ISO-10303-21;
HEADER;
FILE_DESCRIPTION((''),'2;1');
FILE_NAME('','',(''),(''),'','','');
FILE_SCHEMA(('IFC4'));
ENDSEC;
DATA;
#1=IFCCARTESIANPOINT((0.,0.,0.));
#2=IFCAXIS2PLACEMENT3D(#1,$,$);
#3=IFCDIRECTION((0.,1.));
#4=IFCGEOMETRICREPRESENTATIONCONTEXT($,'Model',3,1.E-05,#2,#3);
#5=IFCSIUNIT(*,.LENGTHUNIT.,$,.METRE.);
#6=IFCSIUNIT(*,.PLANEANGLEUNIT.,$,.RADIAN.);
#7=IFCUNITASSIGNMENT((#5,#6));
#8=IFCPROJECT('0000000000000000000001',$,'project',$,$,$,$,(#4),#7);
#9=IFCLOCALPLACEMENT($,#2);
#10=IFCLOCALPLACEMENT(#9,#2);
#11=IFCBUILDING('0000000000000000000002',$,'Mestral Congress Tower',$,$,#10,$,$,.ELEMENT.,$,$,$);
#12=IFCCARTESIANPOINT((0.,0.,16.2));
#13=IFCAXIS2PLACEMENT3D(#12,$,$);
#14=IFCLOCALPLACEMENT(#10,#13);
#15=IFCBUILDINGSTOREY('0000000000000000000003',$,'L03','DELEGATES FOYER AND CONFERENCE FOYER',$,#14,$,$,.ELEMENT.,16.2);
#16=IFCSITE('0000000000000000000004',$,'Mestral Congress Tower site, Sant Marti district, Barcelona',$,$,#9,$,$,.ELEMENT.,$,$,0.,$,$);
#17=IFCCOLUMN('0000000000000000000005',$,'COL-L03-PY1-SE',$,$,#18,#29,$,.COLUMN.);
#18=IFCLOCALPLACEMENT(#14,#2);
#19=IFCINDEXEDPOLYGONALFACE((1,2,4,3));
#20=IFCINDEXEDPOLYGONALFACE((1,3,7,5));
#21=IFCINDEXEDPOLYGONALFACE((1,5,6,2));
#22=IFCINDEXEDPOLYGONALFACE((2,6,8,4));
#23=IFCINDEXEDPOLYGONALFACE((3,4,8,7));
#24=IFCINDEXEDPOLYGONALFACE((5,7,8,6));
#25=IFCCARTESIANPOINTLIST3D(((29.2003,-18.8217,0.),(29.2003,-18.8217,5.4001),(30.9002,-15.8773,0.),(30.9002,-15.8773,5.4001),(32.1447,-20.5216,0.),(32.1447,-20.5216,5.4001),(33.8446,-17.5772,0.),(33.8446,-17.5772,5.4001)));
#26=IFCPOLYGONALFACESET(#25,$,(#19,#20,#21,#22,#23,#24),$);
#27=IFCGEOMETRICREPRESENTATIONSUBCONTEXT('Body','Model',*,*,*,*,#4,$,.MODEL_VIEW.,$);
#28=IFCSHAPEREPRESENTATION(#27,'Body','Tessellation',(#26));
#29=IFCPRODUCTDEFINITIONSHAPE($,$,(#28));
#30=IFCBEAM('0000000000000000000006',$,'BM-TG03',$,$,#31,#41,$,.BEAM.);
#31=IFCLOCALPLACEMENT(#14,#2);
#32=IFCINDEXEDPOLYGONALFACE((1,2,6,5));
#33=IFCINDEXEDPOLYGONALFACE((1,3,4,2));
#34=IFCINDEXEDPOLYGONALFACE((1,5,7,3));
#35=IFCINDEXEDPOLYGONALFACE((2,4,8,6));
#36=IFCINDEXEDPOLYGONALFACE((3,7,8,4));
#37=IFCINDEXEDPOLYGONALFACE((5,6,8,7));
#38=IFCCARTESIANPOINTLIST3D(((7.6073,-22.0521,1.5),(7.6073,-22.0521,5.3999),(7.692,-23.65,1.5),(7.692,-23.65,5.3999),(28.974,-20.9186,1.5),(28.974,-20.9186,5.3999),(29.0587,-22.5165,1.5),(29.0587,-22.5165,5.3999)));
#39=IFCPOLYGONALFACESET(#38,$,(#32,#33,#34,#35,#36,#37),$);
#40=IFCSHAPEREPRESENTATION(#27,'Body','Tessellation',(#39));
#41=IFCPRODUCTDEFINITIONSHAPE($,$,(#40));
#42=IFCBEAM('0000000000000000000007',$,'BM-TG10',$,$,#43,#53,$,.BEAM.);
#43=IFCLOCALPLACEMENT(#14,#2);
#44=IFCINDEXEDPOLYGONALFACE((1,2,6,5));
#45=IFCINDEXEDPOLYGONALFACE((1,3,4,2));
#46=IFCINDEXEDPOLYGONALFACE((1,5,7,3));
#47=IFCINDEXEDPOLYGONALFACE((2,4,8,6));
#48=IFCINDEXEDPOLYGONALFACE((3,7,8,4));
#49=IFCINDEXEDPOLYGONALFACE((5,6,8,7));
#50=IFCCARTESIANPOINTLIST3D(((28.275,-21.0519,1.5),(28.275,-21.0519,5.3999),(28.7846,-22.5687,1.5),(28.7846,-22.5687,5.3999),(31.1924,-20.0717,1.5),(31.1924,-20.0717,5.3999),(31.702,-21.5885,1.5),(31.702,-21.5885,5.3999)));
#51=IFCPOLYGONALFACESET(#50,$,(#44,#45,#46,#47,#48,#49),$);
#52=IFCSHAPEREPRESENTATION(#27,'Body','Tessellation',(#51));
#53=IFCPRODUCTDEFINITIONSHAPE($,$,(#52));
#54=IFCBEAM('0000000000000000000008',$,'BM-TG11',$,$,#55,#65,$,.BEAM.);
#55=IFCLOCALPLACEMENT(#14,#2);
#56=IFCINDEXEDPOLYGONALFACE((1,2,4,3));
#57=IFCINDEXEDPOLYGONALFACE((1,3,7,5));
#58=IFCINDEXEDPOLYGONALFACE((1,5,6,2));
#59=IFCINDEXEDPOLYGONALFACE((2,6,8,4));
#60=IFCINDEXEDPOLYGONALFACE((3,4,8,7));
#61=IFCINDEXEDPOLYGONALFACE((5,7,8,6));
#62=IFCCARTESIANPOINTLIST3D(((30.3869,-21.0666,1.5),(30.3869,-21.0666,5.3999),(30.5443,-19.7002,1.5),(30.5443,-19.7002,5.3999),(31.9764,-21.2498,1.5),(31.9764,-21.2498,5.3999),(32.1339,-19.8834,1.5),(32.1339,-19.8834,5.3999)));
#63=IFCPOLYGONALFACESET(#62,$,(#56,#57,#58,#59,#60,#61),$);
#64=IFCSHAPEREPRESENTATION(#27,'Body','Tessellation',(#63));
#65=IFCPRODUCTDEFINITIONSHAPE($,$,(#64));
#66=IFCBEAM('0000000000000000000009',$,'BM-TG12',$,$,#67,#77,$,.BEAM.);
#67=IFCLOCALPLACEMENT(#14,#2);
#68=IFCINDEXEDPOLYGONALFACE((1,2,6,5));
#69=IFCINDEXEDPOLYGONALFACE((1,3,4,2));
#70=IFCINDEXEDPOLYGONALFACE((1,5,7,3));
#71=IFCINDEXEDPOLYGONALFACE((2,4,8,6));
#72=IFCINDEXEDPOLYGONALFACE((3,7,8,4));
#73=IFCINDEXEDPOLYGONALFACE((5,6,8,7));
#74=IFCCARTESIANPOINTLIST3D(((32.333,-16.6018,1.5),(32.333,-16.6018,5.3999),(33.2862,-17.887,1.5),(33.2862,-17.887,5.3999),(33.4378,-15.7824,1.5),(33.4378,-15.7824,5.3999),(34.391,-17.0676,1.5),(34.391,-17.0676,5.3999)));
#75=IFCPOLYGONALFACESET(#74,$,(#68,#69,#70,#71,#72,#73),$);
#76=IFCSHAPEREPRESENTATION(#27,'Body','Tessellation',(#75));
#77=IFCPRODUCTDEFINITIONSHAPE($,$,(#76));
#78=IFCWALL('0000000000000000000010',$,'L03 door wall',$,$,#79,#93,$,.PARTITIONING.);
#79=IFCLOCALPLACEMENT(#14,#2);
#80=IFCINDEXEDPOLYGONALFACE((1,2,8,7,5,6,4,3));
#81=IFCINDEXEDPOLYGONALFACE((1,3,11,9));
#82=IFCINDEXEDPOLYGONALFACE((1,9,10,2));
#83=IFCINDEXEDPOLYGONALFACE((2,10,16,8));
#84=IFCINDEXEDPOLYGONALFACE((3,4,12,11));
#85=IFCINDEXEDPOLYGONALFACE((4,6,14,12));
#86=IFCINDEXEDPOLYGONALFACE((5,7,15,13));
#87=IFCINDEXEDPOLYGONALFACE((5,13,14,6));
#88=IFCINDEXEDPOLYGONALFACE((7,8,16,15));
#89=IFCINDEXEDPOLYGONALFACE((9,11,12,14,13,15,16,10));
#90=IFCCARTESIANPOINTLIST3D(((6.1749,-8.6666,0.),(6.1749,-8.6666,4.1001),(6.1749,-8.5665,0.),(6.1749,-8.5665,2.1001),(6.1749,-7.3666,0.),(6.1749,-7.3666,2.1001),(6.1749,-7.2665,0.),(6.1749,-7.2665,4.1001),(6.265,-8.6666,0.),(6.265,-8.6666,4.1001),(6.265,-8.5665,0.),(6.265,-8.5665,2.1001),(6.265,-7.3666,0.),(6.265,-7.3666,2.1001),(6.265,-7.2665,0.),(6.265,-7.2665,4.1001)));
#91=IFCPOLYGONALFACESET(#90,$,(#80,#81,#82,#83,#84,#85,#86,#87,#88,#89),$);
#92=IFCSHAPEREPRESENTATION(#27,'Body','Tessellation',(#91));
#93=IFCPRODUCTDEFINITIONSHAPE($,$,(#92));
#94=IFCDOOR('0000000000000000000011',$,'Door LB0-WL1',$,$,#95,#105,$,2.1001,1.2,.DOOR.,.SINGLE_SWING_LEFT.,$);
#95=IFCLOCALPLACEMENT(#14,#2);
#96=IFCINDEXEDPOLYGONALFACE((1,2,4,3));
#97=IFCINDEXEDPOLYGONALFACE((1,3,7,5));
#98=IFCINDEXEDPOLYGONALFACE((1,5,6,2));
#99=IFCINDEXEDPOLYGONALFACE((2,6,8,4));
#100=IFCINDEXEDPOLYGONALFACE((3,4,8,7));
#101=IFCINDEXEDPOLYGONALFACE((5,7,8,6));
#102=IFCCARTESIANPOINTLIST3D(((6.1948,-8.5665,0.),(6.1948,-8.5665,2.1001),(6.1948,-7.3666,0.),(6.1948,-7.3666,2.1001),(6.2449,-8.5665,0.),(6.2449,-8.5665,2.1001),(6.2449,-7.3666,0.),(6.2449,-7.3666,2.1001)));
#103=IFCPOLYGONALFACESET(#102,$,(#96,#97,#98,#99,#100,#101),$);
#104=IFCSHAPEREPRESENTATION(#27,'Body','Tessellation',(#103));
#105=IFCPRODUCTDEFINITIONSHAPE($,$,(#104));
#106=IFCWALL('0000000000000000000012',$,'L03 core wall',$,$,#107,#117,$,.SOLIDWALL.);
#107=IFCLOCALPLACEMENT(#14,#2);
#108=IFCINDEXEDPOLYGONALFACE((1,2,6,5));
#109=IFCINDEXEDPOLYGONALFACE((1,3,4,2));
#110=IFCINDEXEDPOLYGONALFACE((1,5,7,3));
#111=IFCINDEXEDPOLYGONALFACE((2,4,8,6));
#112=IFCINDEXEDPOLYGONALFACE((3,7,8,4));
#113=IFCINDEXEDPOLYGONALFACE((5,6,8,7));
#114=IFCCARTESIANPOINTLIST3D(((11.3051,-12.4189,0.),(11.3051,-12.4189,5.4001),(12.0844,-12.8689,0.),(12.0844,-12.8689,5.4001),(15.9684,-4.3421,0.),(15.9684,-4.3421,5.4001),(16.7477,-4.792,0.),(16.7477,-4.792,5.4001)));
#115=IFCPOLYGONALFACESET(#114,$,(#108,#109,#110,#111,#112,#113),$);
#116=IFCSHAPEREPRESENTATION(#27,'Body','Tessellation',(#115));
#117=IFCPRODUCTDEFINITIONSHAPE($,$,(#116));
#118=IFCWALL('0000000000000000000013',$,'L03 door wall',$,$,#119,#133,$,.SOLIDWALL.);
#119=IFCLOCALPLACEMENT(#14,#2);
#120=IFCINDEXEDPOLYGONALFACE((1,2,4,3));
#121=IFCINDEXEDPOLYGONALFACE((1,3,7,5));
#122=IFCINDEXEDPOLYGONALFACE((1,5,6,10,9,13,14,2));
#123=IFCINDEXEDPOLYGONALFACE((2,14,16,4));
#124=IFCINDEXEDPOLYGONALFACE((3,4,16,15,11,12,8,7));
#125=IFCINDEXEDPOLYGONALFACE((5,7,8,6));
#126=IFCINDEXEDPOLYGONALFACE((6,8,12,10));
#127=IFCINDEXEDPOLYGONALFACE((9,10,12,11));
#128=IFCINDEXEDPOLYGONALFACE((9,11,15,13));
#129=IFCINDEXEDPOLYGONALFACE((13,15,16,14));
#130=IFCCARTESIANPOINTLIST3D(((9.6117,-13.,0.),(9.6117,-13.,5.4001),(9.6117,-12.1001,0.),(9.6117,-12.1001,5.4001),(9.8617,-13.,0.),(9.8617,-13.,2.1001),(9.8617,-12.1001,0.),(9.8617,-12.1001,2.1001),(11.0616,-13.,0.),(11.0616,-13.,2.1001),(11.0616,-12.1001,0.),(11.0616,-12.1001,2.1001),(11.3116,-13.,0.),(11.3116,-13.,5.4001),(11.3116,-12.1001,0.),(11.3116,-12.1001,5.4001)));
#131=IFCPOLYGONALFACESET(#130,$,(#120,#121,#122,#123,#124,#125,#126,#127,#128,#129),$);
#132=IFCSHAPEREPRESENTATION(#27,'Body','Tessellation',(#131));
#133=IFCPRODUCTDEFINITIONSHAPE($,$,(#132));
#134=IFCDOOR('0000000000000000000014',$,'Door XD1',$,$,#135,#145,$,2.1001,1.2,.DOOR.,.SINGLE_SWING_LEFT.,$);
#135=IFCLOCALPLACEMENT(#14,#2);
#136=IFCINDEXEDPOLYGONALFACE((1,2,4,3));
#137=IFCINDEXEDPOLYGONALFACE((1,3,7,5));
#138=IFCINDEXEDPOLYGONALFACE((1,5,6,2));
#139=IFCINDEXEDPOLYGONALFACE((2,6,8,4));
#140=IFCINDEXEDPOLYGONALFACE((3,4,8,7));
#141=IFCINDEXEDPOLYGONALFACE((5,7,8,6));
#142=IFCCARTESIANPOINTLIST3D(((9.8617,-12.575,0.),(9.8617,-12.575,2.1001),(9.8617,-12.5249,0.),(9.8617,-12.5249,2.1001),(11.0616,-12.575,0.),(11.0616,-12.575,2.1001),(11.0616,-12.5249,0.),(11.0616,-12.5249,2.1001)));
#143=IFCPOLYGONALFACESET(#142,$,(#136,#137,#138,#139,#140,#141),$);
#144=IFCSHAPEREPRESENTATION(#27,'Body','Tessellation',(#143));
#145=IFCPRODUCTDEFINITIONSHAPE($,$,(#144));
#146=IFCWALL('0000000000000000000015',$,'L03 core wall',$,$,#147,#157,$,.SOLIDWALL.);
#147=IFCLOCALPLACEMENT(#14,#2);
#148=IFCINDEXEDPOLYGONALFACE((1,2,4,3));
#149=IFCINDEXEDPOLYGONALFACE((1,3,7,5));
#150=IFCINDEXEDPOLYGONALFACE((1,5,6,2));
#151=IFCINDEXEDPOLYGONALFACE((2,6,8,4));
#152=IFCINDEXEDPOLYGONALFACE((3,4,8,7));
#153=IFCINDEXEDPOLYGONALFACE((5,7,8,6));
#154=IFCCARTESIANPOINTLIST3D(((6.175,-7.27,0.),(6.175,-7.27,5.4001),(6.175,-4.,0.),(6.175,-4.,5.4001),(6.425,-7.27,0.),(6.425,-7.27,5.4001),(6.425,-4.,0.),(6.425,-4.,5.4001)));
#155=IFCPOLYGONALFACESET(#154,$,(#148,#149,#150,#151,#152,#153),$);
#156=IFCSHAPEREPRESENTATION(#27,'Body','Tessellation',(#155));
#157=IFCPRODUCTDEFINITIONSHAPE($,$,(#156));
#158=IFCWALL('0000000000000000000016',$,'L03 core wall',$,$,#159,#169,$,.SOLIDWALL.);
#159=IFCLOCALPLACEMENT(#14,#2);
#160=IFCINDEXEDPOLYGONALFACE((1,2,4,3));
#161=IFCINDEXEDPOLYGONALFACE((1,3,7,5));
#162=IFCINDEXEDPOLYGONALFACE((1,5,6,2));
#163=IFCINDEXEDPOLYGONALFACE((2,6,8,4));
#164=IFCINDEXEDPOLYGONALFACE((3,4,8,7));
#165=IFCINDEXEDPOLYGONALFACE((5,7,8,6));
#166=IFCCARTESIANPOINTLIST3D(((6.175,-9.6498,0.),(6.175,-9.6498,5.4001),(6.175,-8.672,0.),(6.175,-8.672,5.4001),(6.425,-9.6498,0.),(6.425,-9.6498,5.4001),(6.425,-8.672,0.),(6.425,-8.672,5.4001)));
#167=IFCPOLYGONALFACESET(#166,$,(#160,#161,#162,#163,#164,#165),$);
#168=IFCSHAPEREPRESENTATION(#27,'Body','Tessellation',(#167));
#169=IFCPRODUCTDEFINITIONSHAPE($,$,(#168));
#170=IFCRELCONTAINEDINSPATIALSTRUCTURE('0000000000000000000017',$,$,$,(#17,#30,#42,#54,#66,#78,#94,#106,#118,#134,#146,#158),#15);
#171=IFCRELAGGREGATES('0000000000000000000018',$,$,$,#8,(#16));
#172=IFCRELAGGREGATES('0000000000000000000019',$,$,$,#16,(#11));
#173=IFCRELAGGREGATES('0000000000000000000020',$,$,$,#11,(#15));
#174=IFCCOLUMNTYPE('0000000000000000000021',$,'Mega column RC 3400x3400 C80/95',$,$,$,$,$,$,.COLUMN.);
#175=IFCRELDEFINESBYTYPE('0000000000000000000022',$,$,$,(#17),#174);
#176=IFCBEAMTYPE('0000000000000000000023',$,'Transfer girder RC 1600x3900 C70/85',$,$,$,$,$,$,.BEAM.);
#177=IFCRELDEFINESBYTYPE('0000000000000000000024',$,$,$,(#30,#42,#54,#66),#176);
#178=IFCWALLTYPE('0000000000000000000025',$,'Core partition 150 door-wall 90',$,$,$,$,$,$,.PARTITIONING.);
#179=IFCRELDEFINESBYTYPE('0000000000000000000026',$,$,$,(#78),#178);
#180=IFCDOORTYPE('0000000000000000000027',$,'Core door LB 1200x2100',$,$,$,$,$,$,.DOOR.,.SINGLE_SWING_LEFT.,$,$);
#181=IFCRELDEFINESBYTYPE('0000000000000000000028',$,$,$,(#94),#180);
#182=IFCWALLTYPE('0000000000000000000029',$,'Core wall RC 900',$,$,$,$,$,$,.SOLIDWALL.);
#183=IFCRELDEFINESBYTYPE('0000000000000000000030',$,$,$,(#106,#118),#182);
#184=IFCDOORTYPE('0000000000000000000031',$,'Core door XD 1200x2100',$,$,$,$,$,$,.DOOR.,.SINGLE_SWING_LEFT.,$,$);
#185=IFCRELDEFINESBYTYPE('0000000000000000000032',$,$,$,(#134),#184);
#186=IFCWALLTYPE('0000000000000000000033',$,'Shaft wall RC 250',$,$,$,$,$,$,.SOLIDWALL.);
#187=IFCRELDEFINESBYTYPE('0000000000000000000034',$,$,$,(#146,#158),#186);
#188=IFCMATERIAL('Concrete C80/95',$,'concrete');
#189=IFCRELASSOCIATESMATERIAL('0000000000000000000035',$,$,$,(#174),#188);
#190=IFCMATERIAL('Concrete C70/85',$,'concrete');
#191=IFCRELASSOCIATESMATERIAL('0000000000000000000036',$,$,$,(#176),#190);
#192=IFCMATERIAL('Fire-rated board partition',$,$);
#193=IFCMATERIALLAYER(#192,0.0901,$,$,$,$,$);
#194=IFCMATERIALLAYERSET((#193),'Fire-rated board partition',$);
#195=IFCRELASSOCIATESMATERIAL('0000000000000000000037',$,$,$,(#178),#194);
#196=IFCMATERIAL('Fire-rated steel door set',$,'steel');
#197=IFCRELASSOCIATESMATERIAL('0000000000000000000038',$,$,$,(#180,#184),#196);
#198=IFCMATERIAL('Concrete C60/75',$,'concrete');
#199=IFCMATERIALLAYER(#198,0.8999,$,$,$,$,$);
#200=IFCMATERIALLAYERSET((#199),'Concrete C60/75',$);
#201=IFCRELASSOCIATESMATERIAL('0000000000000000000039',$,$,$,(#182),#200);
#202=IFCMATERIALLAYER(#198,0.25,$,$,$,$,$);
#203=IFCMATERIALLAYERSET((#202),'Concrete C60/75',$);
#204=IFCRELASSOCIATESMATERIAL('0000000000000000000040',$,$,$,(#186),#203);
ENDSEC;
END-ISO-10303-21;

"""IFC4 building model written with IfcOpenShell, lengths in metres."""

from ifc_helpers import new_model, si_unit, direction, frame, frame_2d, origin, origin_2d, place, context, subcontext, project, spatial, rectangle, extrude, material, layer, layer_set, material_profile, profile_set, type_object, element, fill, save


model = new_model("IFC4")

# Units and contexts
model_context = context("Model", 3, precision=1e-05, world=origin(), true_north=direction((0.0, 1.0)))
body_context = subcontext(model_context, "Body", "Model", "MODEL_VIEW")
ifc_project = project(units=[si_unit("LENGTHUNIT", "METRE"), si_unit("PLANEANGLEUNIT", "RADIAN")], contexts=[model_context])

# Site, building, storey
site_placement = place(None, origin())
site = spatial("IfcSite", under=ifc_project, at=site_placement, Name="Mestral Congress Tower site, Sant Marti district, Barcelona", CompositionType="ELEMENT", RefElevation=0.0)
building_placement = place(site_placement, origin())
building = spatial("IfcBuilding", under=site, at=building_placement, Name="Mestral Congress Tower", CompositionType="ELEMENT")
storey_placement = place(building_placement, frame((0.0, 0.0, 16.2)))
storey = spatial("IfcBuildingStorey", under=building, at=storey_placement, Name="L03", Description="DELEGATES FOYER AND CONFERENCE FOYER", CompositionType="ELEMENT", Elevation=16.2)

# Column
ifc_material_1 = material(Name="Concrete C80/95", Category="concrete")
ifc_material_profile_1 = material_profile(ifc_material_1, rectangle(XDim=3.3999, YDim=3.3999, at=origin_2d()), Name="RC 3400x3400")
ifc_profile_set_1 = profile_set([ifc_material_profile_1], Name="Concrete C80/95")
column_type = type_object("IfcColumnType", Name="Mega column RC 3400x3400 C80/95", PredefinedType="COLUMN", material=ifc_profile_set_1)
column_placement = place(storey_placement, frame((31.5225, -18.1995, 0.0), z_axis=(0.0, 0.0, 1.0), x_axis=(0.866025, -0.5, 0.0)))
element("IfcColumn", 1, at=column_placement, inside=storey, type_object=column_type, Name="COL-L03-PY1-SE", PredefinedType="COLUMN", context=body_context, shape_type="SweptSolid", body=[
    extrude(rectangle(XDim=3.3999, YDim=3.3999, at=origin_2d()), origin(), (0.0, 0.0, 1.0), 5.4001),
])

# Beams
ifc_material_2 = material(Name="Concrete C70/85", Category="concrete")
ifc_material_profile_2 = material_profile(ifc_material_2, rectangle(XDim=1.6001, YDim=3.8999, at=origin_2d()), Name="RC 1600x3900")
ifc_profile_set_2 = profile_set([ifc_material_profile_2], Name="Concrete C70/85")
beam_type = type_object("IfcBeamType", Name="Transfer girder RC 1600x3900 C70/85", PredefinedType="BEAM", material=ifc_profile_set_2)
beam_1_placement = place(storey_placement, frame((7.6497, -22.8511, 3.45), z_axis=(0.998596, 0.052977, 0.0), x_axis=(-0.052977, 0.998596, 0.0)))
element("IfcBeam", 2, at=beam_1_placement, inside=storey, type_object=beam_type, Name="BM-TG03", PredefinedType="BEAM", context=body_context, shape_type="SweptSolid", body=[
    extrude(rectangle(XDim=1.6001, YDim=3.8999, at=origin_2d()), origin(), (0.0, 0.0, 1.0), 21.3967),
])
beam_2_placement = place(storey_placement, frame((28.5298, -21.8103, 3.45), z_axis=(0.947927, 0.318488, 0.0), x_axis=(-0.318488, 0.947927, 0.0)))
element("IfcBeam", 3, at=beam_2_placement, inside=storey, type_object=beam_type, Name="BM-TG10", PredefinedType="BEAM", context=body_context, shape_type="SweptSolid", body=[
    extrude(rectangle(XDim=1.6001, YDim=3.8999, at=origin_2d()), origin(), (0.0, 0.0, 1.0), 3.0776),
])
for number, where, z_axis, x_axis, name in (
    (4, (31.1816, -21.1582, 3.45), (0.114483, 0.993425, 0.0), (-0.993425, 0.114483, 0.0), "BM-TG11"),
    (5, (32.8096, -17.2444, 3.45), (0.803205, 0.595703, 0.0), (-0.595703, 0.803205, 0.0), "BM-TG12"),
):
    element("IfcBeam", number, at=place(storey_placement, frame(where, z_axis=z_axis, x_axis=x_axis)), inside=storey, type_object=beam_type, Name=name, PredefinedType="BEAM", context=body_context, shape_type="SweptSolid", body=[
        extrude(rectangle(XDim=1.6001, YDim=3.8999, at=origin_2d()), origin(), (0.0, 0.0, 1.0), 1.3755),
    ])

# Wall, opening, door
ifc_material_3 = material(Name="Fire-rated board partition")
ifc_layer_1 = layer(ifc_material_3, 0.0901)
ifc_layer_set_1 = layer_set([ifc_layer_1], Name="Fire-rated board partition")
wall_type_1 = type_object("IfcWallType", Name="Core partition 150 door-wall 90", PredefinedType="PARTITIONING", material=ifc_layer_set_1)
wall_1_placement = place(storey_placement, frame((6.22, -7.2664, 0.0), z_axis=(0.0, 0.0, 1.0), x_axis=(0.0, -1.0, 0.0)))
wall_1 = element("IfcWall", 6, at=wall_1_placement, inside=storey, type_object=wall_type_1, Name="L03 door wall", PredefinedType="PARTITIONING", context=body_context, shape_type="SweptSolid", body=[
    extrude(rectangle(XDim=1.4001, YDim=0.0901, at=frame_2d((0.7002, 0.0))), origin(), (0.0, 0.0, 1.0), 4.1001),
])
opening_1_placement = place(wall_1_placement, frame((0.1001, 0.0, 0.0)))
opening_1 = element("IfcOpeningElement", 7, at=opening_1_placement, cuts=wall_1, PredefinedType="OPENING", context=body_context, shape_type="SweptSolid", body=[
    extrude(rectangle(XDim=1.2, YDim=2.1001, at=frame_2d((0.6001, 1.05))), frame((0.0, 0.0549, 0.0), z_axis=(0.0, -1.0, 0.0), x_axis=(1.0, 0.0, 0.0)), (0.0, 0.0, 1.0), 0.1101),
])
ifc_material_4 = material(Name="Fire-rated steel door set", Category="steel")
door_type_1 = type_object("IfcDoorType", Name="Core door LB 1200x2100", OperationType="SINGLE_SWING_LEFT", PredefinedType="DOOR", material=ifc_material_4)
door_1_placement = place(opening_1_placement, origin())
door_1 = element("IfcDoor", 8, at=door_1_placement, inside=storey, type_object=door_type_1, Name="Door LB0-WL1", OperationType="SINGLE_SWING_LEFT", OverallHeight=2.1001, OverallWidth=1.2, PredefinedType="DOOR", context=body_context, shape_type="SweptSolid", body=[
    extrude(rectangle(XDim=1.2, YDim=2.1001, at=frame_2d((0.6001, 1.05))), frame((0.0, 0.0249, 0.0), z_axis=(0.0, -1.0, 0.0), x_axis=(1.0, 0.0, 0.0)), (0.0, 0.0, 1.0), 0.05),
])
fill(opening_1, door_1)

# Wall
ifc_material_5 = material(Name="Concrete C60/75", Category="concrete")
ifc_layer_2 = layer(ifc_material_5, 0.8999)
ifc_layer_set_2 = layer_set([ifc_layer_2], Name="Concrete C60/75")
wall_type_2 = type_object("IfcWallType", Name="Core wall RC 900", PredefinedType="SOLIDWALL", material=ifc_layer_set_2)
wall_2_placement = place(storey_placement, frame((11.6948, -12.6438, 0.0), z_axis=(0.0, 0.0, 1.0), x_axis=(0.50001, 0.866019, 0.0)))
element("IfcWall", 9, at=wall_2_placement, inside=storey, type_object=wall_type_2, Name="L03 core wall", PredefinedType="SOLIDWALL", context=body_context, shape_type="SweptSolid", body=[
    extrude(rectangle(XDim=9.3264, YDim=0.8999, at=frame_2d((4.6631, 0.0))), origin(), (0.0, 0.0, 1.0), 5.4001),
])

# Wall, opening, door
wall_3_placement = place(storey_placement, frame((11.3118, -12.55, 0.0), z_axis=(0.0, 0.0, 1.0), x_axis=(-1.0, 0.0, 0.0)))
wall_3 = element("IfcWall", 10, at=wall_3_placement, inside=storey, type_object=wall_type_2, Name="L03 door wall", PredefinedType="SOLIDWALL", context=body_context, shape_type="SweptSolid", body=[
    extrude(rectangle(XDim=1.7, YDim=0.8999, at=frame_2d((0.8501, 0.0))), origin(), (0.0, 0.0, 1.0), 5.4001),
])
opening_2_placement = place(wall_3_placement, frame((0.25, 0.0, 0.0)))
opening_2 = element("IfcOpeningElement", 11, at=opening_2_placement, cuts=wall_3, PredefinedType="OPENING", context=body_context, shape_type="SweptSolid", body=[
    extrude(rectangle(XDim=1.2, YDim=2.1001, at=frame_2d((0.6001, 1.05))), frame((0.0, 0.46, 0.0), z_axis=(0.0, -1.0, 0.0), x_axis=(1.0, 0.0, 0.0)), (0.0, 0.0, 1.0), 0.9199),
])
door_type_2 = type_object("IfcDoorType", Name="Core door XD 1200x2100", OperationType="SINGLE_SWING_LEFT", PredefinedType="DOOR", material=ifc_material_4)
door_2_placement = place(opening_2_placement, origin())
door_2 = element("IfcDoor", 12, at=door_2_placement, inside=storey, type_object=door_type_2, Name="Door XD1", OperationType="SINGLE_SWING_LEFT", OverallHeight=2.1001, OverallWidth=1.2, PredefinedType="DOOR", context=body_context, shape_type="SweptSolid", body=[
    extrude(rectangle(XDim=1.2, YDim=2.1001, at=frame_2d((0.6001, 1.05))), frame((0.0, 0.0249, 0.0), z_axis=(0.0, -1.0, 0.0), x_axis=(1.0, 0.0, 0.0)), (0.0, 0.0, 1.0), 0.05),
])
fill(opening_2, door_2)

# Walls
ifc_layer_3 = layer(ifc_material_5, 0.25)
ifc_layer_set_3 = layer_set([ifc_layer_3], Name="Concrete C60/75")
wall_type_3 = type_object("IfcWallType", Name="Shaft wall RC 250", PredefinedType="SOLIDWALL", material=ifc_layer_set_3)
wall_4_placement = place(storey_placement, frame((6.3, -7.27, 0.0), z_axis=(0.0, 0.0, 1.0), x_axis=(0.0, 1.0, 0.0)))
element("IfcWall", 13, at=wall_4_placement, inside=storey, type_object=wall_type_3, Name="L03 core wall", PredefinedType="SOLIDWALL", context=body_context, shape_type="SweptSolid", body=[
    extrude(rectangle(XDim=3.27, YDim=0.25, at=frame_2d((1.635, 0.0))), origin(), (0.0, 0.0, 1.0), 5.4001),
])
wall_5_placement = place(storey_placement, frame((6.3, -8.6721, 0.0), z_axis=(0.0, 0.0, 1.0), x_axis=(0.0, -1.0, 0.0)))
element("IfcWall", 14, at=wall_5_placement, inside=storey, type_object=wall_type_3, Name="L03 core wall", PredefinedType="SOLIDWALL", context=body_context, shape_type="SweptSolid", body=[
    extrude(rectangle(XDim=0.9778, YDim=0.25, at=frame_2d((0.4888, 0.0))), origin(), (0.0, 0.0, 1.0), 5.4001),
])

save(model, "model.ifc")
